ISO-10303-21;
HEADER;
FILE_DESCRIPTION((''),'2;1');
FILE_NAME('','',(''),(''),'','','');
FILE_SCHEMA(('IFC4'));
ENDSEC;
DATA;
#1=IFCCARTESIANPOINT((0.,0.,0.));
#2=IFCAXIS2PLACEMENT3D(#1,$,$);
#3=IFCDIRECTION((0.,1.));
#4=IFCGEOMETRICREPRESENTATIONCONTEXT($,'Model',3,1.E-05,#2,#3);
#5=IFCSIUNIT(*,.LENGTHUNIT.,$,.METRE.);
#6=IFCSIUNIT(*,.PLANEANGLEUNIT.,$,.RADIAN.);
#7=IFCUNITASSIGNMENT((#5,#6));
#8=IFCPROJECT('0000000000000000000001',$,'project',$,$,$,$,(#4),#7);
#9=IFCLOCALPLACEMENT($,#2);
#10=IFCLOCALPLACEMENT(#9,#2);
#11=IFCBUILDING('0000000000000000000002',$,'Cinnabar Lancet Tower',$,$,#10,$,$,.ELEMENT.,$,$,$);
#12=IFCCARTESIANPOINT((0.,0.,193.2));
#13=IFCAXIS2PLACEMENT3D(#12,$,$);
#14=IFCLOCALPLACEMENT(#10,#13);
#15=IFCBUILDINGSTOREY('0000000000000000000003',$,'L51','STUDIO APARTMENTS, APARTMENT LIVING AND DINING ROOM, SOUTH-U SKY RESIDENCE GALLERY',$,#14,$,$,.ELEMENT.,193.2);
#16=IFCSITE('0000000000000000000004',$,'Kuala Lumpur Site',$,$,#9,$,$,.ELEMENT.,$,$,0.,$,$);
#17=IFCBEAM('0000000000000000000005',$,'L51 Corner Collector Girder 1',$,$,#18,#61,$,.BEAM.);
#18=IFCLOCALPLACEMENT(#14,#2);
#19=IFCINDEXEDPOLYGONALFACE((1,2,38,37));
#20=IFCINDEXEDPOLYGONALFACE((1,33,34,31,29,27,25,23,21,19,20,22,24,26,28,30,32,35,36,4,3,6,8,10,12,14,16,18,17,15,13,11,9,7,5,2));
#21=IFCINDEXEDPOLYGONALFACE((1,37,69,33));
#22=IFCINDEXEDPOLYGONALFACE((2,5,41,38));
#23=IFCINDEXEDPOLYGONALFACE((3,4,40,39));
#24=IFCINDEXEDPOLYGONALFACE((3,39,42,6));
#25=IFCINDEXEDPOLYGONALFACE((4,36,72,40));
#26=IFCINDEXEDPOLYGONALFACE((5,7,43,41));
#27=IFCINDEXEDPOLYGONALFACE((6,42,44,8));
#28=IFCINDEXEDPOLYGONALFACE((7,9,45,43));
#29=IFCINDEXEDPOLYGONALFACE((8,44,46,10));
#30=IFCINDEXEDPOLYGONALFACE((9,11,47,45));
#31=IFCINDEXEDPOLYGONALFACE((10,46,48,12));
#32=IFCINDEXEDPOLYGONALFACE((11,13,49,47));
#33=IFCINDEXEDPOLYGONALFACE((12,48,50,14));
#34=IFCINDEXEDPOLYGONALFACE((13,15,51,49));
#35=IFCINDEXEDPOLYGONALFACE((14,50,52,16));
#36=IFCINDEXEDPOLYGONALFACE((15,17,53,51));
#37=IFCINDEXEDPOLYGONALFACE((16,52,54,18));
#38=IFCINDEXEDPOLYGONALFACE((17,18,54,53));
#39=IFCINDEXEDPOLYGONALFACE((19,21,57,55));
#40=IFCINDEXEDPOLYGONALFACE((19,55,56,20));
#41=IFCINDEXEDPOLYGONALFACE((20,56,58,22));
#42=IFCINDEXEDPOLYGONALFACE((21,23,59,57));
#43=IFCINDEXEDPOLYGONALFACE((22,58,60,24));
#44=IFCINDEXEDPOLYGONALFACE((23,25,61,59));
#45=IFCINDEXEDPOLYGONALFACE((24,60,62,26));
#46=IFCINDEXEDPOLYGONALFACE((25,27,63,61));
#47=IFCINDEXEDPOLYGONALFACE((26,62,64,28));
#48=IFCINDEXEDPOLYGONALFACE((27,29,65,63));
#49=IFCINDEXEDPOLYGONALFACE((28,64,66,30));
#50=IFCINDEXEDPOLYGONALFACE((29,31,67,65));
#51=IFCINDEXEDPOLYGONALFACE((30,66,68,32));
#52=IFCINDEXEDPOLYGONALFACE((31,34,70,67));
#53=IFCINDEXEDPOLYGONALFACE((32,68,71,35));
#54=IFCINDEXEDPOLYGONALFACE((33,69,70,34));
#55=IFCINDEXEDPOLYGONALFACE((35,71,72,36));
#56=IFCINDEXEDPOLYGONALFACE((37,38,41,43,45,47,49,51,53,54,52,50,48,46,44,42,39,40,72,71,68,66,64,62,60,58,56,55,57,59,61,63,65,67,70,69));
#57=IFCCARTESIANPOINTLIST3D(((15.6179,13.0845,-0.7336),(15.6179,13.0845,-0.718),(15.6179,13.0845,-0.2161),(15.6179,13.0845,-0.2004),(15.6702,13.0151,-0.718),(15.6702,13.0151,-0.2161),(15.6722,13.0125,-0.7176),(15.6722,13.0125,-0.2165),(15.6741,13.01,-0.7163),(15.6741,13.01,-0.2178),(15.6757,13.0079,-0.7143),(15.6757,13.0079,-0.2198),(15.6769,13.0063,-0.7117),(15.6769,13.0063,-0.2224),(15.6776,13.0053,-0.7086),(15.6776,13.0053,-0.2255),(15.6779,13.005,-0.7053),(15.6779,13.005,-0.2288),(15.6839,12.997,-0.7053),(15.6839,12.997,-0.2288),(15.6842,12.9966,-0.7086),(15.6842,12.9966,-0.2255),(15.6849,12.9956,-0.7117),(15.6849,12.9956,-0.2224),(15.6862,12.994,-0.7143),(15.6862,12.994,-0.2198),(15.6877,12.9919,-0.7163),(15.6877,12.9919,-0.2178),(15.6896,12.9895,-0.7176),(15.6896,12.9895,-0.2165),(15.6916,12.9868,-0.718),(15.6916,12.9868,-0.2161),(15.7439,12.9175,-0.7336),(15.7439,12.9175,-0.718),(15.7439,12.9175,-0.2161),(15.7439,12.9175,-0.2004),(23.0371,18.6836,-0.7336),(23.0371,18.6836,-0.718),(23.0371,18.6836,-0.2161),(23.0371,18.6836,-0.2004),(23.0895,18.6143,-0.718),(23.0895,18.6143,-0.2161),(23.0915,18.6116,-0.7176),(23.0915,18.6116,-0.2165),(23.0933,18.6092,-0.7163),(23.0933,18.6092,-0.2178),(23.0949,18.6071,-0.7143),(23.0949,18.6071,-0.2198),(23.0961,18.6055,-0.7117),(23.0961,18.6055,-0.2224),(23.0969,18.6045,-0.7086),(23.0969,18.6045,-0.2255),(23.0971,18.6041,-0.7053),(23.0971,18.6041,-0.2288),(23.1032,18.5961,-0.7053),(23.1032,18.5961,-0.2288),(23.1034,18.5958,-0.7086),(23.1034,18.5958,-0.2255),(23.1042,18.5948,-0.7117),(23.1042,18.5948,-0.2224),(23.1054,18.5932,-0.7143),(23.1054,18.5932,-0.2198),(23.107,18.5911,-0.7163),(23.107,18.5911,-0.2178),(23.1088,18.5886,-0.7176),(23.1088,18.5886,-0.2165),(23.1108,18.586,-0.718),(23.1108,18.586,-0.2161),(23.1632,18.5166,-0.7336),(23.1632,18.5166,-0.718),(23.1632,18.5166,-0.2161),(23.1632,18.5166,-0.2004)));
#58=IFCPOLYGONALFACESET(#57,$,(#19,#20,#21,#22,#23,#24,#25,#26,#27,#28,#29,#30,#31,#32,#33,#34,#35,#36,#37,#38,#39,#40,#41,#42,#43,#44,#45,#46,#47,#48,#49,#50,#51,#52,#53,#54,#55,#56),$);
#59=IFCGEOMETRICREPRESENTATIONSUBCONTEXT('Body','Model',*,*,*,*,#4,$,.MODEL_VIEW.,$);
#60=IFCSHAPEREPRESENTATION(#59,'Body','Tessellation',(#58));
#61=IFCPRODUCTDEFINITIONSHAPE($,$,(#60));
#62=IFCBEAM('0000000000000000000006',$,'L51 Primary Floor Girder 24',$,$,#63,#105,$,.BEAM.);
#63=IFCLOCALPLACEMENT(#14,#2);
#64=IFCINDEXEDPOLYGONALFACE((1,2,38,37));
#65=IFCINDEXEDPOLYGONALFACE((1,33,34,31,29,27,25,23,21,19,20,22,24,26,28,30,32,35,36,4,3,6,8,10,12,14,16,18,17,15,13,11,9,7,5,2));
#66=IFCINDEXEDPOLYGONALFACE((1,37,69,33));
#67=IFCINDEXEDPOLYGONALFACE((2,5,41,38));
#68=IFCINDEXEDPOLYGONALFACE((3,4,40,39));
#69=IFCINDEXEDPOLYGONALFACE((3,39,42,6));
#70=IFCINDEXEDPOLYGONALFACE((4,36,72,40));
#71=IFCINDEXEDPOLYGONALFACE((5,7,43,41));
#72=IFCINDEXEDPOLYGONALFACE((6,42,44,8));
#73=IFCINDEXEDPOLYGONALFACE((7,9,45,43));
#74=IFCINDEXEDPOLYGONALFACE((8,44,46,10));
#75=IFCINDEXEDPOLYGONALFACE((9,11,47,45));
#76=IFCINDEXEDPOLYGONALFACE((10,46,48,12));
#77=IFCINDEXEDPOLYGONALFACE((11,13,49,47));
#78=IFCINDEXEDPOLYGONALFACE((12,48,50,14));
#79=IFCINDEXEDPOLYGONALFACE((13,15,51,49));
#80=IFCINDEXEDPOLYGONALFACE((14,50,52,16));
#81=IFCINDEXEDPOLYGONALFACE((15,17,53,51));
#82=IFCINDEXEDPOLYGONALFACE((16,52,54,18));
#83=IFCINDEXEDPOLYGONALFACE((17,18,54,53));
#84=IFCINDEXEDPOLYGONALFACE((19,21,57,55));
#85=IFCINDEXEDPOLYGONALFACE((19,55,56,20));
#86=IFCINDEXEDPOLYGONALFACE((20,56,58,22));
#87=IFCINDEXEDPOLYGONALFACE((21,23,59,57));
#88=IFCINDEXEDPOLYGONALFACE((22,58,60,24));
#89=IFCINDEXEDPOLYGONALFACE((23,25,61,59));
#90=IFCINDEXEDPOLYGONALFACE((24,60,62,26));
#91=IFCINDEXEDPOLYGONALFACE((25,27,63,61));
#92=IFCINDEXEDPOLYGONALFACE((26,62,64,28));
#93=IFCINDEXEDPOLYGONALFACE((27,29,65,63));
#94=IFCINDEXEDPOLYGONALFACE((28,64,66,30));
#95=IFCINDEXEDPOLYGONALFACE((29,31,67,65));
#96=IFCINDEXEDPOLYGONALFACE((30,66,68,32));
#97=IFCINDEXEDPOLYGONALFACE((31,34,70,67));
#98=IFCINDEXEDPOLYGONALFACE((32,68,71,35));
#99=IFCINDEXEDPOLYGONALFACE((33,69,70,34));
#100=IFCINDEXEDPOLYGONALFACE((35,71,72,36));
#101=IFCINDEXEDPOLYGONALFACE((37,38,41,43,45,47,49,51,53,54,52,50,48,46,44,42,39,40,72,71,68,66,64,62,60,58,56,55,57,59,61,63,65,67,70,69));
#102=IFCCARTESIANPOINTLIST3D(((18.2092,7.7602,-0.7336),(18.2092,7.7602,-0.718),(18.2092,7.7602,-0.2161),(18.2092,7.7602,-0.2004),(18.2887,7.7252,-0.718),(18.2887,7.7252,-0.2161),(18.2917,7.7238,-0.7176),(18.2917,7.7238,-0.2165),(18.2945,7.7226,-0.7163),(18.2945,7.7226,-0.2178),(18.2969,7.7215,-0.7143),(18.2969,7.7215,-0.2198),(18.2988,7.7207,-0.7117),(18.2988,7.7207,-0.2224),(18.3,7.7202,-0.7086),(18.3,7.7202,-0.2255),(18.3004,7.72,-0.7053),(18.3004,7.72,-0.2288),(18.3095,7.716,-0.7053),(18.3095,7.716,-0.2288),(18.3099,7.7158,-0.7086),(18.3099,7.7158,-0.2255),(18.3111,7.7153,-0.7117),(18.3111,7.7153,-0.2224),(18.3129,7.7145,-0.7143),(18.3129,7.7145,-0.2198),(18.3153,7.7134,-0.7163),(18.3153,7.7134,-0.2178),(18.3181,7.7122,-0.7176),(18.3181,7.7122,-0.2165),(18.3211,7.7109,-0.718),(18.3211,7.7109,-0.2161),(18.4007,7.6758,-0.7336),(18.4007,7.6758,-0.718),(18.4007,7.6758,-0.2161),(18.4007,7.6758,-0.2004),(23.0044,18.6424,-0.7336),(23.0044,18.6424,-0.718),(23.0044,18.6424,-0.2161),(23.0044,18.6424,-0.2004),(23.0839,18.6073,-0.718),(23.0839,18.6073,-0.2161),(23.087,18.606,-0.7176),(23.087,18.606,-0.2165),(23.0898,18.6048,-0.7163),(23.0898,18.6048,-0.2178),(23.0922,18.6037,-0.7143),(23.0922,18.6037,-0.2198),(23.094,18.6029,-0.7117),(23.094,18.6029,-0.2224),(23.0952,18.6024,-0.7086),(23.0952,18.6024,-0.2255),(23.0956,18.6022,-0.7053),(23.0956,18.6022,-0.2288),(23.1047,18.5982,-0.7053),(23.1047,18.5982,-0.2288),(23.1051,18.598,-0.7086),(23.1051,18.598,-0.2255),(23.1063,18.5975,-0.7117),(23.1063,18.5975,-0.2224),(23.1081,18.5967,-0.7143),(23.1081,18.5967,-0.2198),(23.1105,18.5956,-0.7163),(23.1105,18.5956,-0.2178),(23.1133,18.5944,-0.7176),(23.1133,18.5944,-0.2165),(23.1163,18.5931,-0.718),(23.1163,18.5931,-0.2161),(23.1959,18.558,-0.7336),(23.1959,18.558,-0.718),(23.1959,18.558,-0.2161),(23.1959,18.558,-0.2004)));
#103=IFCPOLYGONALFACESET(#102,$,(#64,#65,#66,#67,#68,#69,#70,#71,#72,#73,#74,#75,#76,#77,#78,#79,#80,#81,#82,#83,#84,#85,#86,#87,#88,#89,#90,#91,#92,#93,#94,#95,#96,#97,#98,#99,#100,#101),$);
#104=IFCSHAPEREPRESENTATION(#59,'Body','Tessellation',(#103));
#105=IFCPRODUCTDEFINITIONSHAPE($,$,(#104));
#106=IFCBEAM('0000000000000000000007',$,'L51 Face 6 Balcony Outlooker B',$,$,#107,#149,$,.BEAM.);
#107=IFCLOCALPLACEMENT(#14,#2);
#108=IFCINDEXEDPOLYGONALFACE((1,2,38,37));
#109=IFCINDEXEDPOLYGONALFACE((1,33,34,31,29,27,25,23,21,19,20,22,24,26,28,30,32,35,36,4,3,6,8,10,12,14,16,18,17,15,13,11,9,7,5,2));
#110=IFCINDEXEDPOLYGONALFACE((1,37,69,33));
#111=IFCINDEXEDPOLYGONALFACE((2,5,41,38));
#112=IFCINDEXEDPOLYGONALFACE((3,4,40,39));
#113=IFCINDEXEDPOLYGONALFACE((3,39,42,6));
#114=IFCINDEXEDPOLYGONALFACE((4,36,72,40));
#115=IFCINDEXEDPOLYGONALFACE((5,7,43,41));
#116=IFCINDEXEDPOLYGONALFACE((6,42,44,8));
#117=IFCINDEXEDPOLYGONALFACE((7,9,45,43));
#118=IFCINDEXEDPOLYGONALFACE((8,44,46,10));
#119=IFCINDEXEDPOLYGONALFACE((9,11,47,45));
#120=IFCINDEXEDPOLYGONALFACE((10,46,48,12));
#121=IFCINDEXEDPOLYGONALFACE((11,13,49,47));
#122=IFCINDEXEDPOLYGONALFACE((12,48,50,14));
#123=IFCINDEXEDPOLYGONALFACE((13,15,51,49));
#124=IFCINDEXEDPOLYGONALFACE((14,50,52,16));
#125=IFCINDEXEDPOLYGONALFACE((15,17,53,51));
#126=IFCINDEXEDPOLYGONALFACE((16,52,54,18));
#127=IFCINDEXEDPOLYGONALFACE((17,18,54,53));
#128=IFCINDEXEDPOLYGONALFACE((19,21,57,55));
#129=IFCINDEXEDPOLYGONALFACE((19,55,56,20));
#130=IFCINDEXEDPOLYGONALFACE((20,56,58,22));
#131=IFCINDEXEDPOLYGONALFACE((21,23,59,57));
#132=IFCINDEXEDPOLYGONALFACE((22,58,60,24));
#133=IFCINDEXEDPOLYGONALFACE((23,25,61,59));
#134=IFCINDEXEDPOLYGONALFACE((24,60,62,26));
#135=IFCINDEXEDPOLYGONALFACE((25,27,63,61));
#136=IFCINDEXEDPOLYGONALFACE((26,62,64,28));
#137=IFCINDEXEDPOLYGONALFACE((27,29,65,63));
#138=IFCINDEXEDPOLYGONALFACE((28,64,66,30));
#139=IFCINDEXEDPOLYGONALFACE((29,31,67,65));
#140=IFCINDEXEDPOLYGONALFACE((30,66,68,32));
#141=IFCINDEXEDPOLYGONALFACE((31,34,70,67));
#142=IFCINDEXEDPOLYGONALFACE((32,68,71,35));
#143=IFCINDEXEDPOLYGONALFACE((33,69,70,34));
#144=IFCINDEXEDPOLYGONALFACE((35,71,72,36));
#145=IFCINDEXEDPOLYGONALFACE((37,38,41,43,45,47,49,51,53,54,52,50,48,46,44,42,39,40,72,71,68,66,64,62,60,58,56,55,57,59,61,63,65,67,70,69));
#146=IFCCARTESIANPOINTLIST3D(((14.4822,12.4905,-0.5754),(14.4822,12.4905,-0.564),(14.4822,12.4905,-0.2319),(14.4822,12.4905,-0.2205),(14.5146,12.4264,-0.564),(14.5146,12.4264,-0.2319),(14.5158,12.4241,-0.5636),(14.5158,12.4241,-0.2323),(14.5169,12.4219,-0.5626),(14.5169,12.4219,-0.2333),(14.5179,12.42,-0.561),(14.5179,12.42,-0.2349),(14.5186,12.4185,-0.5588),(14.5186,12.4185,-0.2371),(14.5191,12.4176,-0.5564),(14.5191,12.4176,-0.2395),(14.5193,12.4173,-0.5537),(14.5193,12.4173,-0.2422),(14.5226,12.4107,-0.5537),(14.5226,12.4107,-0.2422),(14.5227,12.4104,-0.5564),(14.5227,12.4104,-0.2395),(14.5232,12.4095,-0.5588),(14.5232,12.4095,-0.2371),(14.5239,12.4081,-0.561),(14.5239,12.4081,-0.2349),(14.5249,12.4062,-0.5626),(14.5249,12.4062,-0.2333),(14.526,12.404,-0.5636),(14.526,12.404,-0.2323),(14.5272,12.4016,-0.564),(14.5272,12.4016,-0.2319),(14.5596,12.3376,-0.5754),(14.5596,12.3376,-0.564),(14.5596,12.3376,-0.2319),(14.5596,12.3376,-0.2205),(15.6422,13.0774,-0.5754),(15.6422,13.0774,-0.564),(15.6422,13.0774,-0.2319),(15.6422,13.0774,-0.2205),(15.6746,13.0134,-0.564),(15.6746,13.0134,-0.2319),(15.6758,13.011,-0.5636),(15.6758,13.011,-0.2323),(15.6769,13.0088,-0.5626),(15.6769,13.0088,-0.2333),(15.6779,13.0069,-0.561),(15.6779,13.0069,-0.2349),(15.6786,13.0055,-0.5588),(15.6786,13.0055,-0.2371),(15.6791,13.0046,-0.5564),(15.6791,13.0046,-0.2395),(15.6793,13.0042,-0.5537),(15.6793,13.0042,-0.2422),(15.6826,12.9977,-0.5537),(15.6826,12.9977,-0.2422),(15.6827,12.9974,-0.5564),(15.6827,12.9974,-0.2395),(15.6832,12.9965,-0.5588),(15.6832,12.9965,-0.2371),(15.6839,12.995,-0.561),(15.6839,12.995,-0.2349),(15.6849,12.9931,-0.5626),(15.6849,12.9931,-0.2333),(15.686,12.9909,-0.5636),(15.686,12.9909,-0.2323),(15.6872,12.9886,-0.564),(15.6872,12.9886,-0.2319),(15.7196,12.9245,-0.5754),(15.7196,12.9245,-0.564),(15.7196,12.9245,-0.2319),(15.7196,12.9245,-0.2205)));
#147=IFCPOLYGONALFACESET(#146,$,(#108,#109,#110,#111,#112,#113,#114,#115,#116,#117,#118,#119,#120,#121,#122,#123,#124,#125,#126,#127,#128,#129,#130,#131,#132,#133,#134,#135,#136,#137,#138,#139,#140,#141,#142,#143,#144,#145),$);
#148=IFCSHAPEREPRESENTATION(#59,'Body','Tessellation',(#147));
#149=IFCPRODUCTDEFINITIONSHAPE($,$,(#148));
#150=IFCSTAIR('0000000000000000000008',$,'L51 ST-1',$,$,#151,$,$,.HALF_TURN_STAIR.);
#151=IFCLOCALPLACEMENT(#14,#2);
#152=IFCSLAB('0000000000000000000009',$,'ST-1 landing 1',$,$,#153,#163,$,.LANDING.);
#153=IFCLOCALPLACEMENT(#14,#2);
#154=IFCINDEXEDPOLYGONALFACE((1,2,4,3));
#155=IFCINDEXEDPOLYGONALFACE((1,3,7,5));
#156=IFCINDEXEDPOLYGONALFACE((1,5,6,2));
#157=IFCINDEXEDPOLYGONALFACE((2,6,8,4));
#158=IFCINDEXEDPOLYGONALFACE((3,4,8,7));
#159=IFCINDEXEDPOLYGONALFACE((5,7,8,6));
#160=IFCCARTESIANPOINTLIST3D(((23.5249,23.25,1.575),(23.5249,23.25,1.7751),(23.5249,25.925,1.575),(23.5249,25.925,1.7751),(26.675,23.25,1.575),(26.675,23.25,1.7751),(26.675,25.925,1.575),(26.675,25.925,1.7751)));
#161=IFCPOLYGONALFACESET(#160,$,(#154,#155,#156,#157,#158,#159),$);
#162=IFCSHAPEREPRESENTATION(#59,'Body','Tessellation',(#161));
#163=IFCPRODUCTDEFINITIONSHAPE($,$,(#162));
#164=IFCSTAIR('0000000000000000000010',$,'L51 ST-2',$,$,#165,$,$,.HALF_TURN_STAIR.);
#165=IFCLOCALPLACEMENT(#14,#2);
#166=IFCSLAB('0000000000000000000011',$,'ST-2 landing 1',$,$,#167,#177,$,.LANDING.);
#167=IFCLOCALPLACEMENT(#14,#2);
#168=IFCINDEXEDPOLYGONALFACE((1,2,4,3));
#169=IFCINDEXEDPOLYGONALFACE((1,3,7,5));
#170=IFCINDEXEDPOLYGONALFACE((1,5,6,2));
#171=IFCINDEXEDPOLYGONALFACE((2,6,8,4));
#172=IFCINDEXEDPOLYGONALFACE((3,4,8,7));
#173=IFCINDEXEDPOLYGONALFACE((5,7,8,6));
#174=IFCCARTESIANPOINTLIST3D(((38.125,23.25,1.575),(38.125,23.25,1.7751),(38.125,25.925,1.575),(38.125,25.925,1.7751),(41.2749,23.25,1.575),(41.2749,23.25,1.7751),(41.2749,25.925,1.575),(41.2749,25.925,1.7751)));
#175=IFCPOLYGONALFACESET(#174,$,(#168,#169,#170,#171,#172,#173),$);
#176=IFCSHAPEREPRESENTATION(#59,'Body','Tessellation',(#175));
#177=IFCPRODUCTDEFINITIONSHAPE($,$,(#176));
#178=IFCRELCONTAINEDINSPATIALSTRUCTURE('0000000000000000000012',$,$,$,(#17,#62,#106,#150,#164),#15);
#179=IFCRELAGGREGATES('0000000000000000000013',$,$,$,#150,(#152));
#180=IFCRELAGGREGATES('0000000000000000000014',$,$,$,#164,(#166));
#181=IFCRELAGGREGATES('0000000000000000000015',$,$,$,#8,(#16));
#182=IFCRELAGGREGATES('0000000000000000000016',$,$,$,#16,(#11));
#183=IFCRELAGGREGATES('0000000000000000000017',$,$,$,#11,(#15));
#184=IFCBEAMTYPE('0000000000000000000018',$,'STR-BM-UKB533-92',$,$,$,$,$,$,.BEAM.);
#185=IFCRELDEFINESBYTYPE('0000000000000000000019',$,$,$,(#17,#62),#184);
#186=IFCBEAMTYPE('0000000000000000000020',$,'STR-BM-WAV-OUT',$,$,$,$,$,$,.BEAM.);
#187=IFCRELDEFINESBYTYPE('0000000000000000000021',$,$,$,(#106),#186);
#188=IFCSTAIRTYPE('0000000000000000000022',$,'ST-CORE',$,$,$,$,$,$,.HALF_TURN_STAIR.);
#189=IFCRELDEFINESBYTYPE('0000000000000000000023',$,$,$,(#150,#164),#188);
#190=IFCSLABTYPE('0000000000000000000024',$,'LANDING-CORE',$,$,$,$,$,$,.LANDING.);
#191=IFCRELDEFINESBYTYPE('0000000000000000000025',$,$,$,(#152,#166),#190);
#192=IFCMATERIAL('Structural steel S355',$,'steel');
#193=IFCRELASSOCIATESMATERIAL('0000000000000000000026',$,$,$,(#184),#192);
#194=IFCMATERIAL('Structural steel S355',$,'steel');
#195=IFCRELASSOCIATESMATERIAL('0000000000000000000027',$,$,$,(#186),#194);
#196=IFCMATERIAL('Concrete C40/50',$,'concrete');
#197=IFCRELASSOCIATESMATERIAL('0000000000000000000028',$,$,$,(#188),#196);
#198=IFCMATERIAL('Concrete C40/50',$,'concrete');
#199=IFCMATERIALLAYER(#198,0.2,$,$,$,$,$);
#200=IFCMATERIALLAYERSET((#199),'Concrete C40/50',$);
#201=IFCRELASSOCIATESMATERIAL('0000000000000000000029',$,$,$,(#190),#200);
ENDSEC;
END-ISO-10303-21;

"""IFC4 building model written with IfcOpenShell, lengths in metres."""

from ifc_helpers import new_model, si_unit, direction, frame, origin, origin_2d, place, context, subcontext, project, spatial, polyline, i_section, outline, extrude, material, layer, layer_set, material_profile, profile_set, type_object, element, aggregate, save


model = new_model("IFC4")

# Units and contexts
model_context = context("Model", 3, precision=1e-05, world=origin(), true_north=direction((0.0, 1.0)))
body_context = subcontext(model_context, "Body", "Model", "MODEL_VIEW")
ifc_project = project(units=[si_unit("LENGTHUNIT", "METRE"), si_unit("PLANEANGLEUNIT", "RADIAN")], contexts=[model_context])

# Site, building, storey
site_placement = place(None, origin())
site = spatial("IfcSite", under=ifc_project, at=site_placement, Name="Kuala Lumpur Site", CompositionType="ELEMENT", RefElevation=0.0)
building_placement = place(site_placement, origin())
building = spatial("IfcBuilding", under=site, at=building_placement, Name="Cinnabar Lancet Tower", CompositionType="ELEMENT")
storey_placement = place(building_placement, frame((0.0, 0.0, 193.2)))
storey = spatial("IfcBuildingStorey", under=building, at=storey_placement, Name="L51", Description="STUDIO APARTMENTS, APARTMENT LIVING AND DINING ROOM, SOUTH-U SKY RESIDENCE GALLERY", CompositionType="ELEMENT", Elevation=193.2)

# Beams
ifc_material_1 = material(Name="Structural steel S355", Category="steel")
ifc_material_profile_1 = material_profile(ifc_material_1, i_section(OverallWidth=0.2092, OverallDepth=0.5332, WebThickness=0.01, FlangeThickness=0.0156, FilletRadius=0.0127, at=origin_2d()), Name="UKB 533x210x92")
ifc_profile_set_1 = profile_set([ifc_material_profile_1], Name="Structural steel S355")
beam_type_1 = type_object("IfcBeamType", Name="STR-BM-UKB533-92", PredefinedType="BEAM", material=ifc_profile_set_1)
beam_1_placement = place(storey_placement, frame((15.6809, 13.001, -0.467), z_axis=(0.798203, 0.602389, 0.0), x_axis=(-0.602389, 0.798203, 0.0)))
element("IfcBeam", 1, at=beam_1_placement, inside=storey, type_object=beam_type_1, Name="L51 Corner Collector Girder 1", PredefinedType="BEAM", context=body_context, shape_type="SweptSolid", body=[
    extrude(i_section(OverallWidth=0.2092, OverallDepth=0.5332, WebThickness=0.01, FlangeThickness=0.0156, FilletRadius=0.0127, at=origin_2d()), origin(), (0.0, 0.0, 1.0), 9.2949),
])
beam_2_placement = place(storey_placement, frame((18.3049, 7.718, -0.467), z_axis=(0.403235, 0.915096, 0.0), x_axis=(-0.915096, 0.403235, 0.0)))
element("IfcBeam", 2, at=beam_2_placement, inside=storey, type_object=beam_type_1, Name="L51 Primary Floor Girder 24", PredefinedType="BEAM", context=body_context, shape_type="SweptSolid", body=[
    extrude(i_section(OverallWidth=0.2092, OverallDepth=0.5332, WebThickness=0.01, FlangeThickness=0.0156, FilletRadius=0.0127, at=origin_2d()), origin(), (0.0, 0.0, 1.0), 11.8918),
])
ifc_material_2 = material(Name="Structural steel S355", Category="steel")
ifc_material_profile_2 = material_profile(ifc_material_2, i_section(OverallWidth=0.1714, OverallDepth=0.355, WebThickness=0.0073, FlangeThickness=0.0115, FilletRadius=0.0103, at=origin_2d()), Name="UKB 356x171x51")
ifc_profile_set_2 = profile_set([ifc_material_profile_2], Name="Structural steel S355")
beam_type_2 = type_object("IfcBeamType", Name="STR-BM-WAV-OUT", PredefinedType="BEAM", material=ifc_profile_set_2)
beam_3_placement = place(storey_placement, frame((15.6809, 13.001, -0.3979), z_axis=(-0.892276, -0.45149, 0.0), x_axis=(0.45149, -0.892276, 0.0)))
element("IfcBeam", 3, at=beam_3_placement, inside=storey, type_object=beam_type_2, Name="L51 Face 6 Balcony Outlooker B", PredefinedType="BEAM", context=body_context, shape_type="SweptSolid", body=[
    extrude(i_section(OverallWidth=0.1714, OverallDepth=0.355, WebThickness=0.0073, FlangeThickness=0.0115, FilletRadius=0.0103, at=origin_2d()), origin(), (0.0, 0.0, 1.0), 1.3),
])

# Stairs, slabs
ifc_material_3 = material(Name="Concrete C40/50", Category="concrete")
stair_type = type_object("IfcStairType", Name="ST-CORE", PredefinedType="HALF_TURN_STAIR", material=ifc_material_3)
stair_1_placement = place(storey_placement, origin())
stair_1 = element("IfcStair", 4, at=stair_1_placement, inside=storey, type_object=stair_type, Name="L51 ST-1", PredefinedType="HALF_TURN_STAIR")
ifc_material_4 = material(Name="Concrete C40/50", Category="concrete")
ifc_layer_1 = layer(ifc_material_4, 0.2)
ifc_layer_set_1 = layer_set([ifc_layer_1], Name="Concrete C40/50")
slab_type_1 = type_object("IfcSlabType", Name="LANDING-CORE", PredefinedType="LANDING", material=ifc_layer_set_1)
slab_1_placement = place(storey_placement, frame((0.0, 0.0, 1.575)))
slab_1 = element("IfcSlab", 5, at=slab_1_placement, type_object=slab_type_1, Name="ST-1 landing 1", PredefinedType="LANDING", context=body_context, shape_type="SweptSolid", body=[
    extrude(outline(polyline([(23.5249, 25.925), (23.5249, 23.25), (26.675, 23.25), (26.675, 25.925), (23.5249, 25.925)])), origin(), (0.0, 0.0, 1.0), 0.2002),
])
aggregate(stair_1, [slab_1])
stair_2_placement = place(storey_placement, origin())
stair_2 = element("IfcStair", 6, at=stair_2_placement, inside=storey, type_object=stair_type, Name="L51 ST-2", PredefinedType="HALF_TURN_STAIR")
slab_2_placement = place(storey_placement, frame((0.0, 0.0, 1.575)))
slab_2 = element("IfcSlab", 7, at=slab_2_placement, type_object=slab_type_1, Name="ST-2 landing 1", PredefinedType="LANDING", context=body_context, shape_type="SweptSolid", body=[
    extrude(outline(polyline([(38.125, 25.925), (38.125, 23.25), (41.2749, 23.25), (41.2749, 25.925), (38.125, 25.925)])), origin(), (0.0, 0.0, 1.0), 0.2002),
])
aggregate(stair_2, [slab_2])

save(model, "model.ifc")
